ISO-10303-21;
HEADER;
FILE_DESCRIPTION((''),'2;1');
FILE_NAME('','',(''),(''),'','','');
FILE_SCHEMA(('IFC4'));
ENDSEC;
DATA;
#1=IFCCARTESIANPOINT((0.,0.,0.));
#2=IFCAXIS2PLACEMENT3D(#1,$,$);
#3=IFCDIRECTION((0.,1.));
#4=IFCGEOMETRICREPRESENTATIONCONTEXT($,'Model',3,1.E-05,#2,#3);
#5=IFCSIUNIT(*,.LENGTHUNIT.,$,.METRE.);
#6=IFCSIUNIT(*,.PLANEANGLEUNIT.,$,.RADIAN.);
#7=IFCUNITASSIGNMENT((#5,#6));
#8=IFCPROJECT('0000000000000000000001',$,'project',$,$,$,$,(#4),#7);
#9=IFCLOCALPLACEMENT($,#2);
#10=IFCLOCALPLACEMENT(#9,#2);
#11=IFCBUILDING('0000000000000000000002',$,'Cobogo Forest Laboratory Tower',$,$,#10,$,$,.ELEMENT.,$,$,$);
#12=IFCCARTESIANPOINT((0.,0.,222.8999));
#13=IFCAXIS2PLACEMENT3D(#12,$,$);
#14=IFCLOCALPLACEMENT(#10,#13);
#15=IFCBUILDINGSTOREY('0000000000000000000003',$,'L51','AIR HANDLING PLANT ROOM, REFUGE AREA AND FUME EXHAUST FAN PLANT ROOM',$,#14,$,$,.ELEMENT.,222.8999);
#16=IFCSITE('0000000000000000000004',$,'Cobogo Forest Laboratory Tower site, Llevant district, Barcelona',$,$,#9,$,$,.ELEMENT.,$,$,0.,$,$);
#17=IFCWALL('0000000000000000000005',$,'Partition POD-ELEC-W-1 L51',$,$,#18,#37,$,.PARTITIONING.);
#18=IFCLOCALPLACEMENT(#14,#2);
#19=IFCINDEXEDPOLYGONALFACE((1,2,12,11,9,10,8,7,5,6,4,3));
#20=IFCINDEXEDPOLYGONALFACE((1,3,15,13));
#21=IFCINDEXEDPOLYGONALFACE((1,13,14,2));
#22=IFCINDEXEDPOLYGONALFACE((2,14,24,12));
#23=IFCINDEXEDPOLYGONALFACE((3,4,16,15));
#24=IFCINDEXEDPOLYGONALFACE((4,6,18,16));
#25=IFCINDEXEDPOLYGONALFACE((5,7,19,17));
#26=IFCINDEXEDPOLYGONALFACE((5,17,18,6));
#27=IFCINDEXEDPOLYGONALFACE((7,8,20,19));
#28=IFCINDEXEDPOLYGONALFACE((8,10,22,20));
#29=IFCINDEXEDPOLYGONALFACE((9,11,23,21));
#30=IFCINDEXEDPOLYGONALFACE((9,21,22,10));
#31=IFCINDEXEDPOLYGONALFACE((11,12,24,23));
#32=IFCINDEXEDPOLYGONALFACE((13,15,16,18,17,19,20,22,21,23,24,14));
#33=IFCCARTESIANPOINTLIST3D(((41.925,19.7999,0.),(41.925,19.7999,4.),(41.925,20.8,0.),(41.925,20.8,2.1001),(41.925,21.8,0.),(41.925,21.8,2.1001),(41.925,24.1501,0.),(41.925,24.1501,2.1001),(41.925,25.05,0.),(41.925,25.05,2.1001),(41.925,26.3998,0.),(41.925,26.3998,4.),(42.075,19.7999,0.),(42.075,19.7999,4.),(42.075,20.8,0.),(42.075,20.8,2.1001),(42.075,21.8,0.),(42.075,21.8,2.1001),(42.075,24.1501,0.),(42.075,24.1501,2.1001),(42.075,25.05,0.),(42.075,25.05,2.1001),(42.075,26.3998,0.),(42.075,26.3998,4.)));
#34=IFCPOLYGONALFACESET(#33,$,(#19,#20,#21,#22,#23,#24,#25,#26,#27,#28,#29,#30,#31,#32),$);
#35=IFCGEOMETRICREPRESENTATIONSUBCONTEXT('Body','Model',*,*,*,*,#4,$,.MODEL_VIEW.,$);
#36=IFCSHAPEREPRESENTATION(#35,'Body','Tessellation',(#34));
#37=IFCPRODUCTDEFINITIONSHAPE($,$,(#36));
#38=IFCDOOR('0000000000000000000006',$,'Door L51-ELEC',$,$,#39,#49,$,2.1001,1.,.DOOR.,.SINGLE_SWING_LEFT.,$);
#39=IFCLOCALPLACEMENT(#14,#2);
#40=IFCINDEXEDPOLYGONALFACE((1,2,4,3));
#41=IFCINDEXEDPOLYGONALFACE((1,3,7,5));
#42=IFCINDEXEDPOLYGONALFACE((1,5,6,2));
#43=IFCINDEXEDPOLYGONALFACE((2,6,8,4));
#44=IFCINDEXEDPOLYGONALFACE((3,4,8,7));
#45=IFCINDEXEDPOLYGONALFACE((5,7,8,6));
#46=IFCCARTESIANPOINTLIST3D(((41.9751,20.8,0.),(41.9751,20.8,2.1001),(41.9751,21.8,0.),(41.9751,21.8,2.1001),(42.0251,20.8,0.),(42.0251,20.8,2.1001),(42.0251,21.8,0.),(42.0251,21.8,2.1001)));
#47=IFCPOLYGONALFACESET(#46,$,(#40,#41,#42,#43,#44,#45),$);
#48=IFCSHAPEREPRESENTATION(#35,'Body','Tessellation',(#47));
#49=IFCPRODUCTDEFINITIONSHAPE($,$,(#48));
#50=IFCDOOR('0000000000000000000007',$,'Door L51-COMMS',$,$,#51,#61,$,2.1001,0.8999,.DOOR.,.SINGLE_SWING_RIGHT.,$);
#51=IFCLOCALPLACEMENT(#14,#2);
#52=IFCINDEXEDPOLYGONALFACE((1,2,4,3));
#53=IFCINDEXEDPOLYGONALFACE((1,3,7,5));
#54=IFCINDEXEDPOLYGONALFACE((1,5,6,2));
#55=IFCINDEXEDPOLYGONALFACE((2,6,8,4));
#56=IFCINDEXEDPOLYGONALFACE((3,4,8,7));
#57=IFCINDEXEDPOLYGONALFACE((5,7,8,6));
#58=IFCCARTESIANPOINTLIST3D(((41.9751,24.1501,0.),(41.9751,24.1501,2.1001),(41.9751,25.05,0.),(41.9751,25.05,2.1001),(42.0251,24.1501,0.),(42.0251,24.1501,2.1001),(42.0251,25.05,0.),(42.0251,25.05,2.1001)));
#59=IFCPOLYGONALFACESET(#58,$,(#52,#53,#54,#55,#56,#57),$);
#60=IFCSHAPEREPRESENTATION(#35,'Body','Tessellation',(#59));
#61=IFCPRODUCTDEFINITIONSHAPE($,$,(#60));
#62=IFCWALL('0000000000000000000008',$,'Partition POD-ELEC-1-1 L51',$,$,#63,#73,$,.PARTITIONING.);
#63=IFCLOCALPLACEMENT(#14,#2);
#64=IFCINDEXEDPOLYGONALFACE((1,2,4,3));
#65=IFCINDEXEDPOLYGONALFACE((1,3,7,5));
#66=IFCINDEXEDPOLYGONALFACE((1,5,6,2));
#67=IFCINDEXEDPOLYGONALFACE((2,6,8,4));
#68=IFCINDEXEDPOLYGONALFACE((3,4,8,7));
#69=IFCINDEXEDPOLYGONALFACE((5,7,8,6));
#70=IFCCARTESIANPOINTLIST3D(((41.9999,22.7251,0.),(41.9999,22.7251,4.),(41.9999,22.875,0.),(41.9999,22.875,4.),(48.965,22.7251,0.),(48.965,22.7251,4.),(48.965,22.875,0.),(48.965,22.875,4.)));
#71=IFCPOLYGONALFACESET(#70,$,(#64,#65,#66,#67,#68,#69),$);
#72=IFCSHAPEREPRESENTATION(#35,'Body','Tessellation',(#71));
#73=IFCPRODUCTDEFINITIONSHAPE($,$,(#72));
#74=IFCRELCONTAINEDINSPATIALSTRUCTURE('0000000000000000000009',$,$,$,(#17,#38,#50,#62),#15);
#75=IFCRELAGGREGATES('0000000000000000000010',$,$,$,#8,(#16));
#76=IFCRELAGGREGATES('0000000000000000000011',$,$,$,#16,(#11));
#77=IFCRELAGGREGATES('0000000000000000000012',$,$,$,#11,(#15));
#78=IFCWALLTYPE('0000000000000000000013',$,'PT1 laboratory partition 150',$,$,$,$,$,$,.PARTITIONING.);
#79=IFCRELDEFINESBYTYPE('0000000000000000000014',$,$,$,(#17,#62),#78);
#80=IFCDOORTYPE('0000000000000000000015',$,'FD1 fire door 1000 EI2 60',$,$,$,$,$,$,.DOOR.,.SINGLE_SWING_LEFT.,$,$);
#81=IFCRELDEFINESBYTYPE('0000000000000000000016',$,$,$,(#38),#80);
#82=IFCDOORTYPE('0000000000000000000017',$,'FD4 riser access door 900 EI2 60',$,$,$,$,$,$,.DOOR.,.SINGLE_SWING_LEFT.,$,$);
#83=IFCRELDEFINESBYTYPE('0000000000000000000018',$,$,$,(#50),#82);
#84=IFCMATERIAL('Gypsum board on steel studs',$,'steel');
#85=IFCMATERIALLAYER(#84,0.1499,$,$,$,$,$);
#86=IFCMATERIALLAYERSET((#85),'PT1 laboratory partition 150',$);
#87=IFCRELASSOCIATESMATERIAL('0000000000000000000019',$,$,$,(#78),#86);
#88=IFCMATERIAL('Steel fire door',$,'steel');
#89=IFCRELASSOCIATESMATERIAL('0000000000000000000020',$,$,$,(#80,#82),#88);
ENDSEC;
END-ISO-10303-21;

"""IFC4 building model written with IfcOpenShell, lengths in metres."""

from ifc_helpers import new_model, si_unit, direction, frame, frame_2d, origin, place, context, subcontext, project, spatial, rectangle, extrude, material, layer, layer_set, type_object, element, fill, save


model = new_model("IFC4")

# Units and contexts
model_context = context("Model", 3, precision=1e-05, world=origin(), true_north=direction((0.0, 1.0)))
body_context = subcontext(model_context, "Body", "Model", "MODEL_VIEW")
ifc_project = project(units=[si_unit("LENGTHUNIT", "METRE"), si_unit("PLANEANGLEUNIT", "RADIAN")], contexts=[model_context])

# Site, building, storey
site_placement = place(None, origin())
site = spatial("IfcSite", under=ifc_project, at=site_placement, Name="Cobogo Forest Laboratory Tower site, Llevant district, Barcelona", CompositionType="ELEMENT", RefElevation=0.0)
building_placement = place(site_placement, origin())
building = spatial("IfcBuilding", under=site, at=building_placement, Name="Cobogo Forest Laboratory Tower", CompositionType="ELEMENT")
storey_placement = place(building_placement, frame((0.0, 0.0, 222.8999)))
storey = spatial("IfcBuildingStorey", under=building, at=storey_placement, Name="L51", Description="AIR HANDLING PLANT ROOM, REFUGE AREA AND FUME EXHAUST FAN PLANT ROOM", CompositionType="ELEMENT", Elevation=222.8999)

# Shared definitions
ifc_material_1 = material(Name="Gypsum board on steel studs", Category="steel")
ifc_layer_1 = layer(ifc_material_1, 0.1499)
ifc_layer_set_1 = layer_set([ifc_layer_1], Name="PT1 laboratory partition 150")
wall_type = type_object("IfcWallType", Name="PT1 laboratory partition 150", PredefinedType="PARTITIONING", material=ifc_layer_set_1)

# Wall, openings, doors
wall_1_placement = place(storey_placement, frame((42.0, 19.8, 0.0), z_axis=(0.0, 0.0, 1.0), x_axis=(0.0, 1.0, 0.0)))
wall_1 = element("IfcWall", 1, at=wall_1_placement, inside=storey, type_object=wall_type, Name="Partition POD-ELEC-W-1 L51", PredefinedType="PARTITIONING", context=body_context, shape_type="SweptSolid", body=[
    extrude(rectangle(XDim=6.5999, YDim=0.1499, at=frame_2d((3.2998, 0.0))), origin(), (0.0, 0.0, 1.0), 4.0),
])
opening_1_placement = place(wall_1_placement, frame((1.0, 0.0, 0.0)))
opening_1 = element("IfcOpeningElement", 2, at=opening_1_placement, cuts=wall_1, PredefinedType="OPENING", context=body_context, shape_type="SweptSolid", body=[
    extrude(rectangle(XDim=1.0, YDim=2.1001, at=frame_2d((0.5, 1.05))), frame((0.0, 0.085, 0.0), z_axis=(0.0, -1.0, 0.0), x_axis=(1.0, 0.0, 0.0)), (0.0, 0.0, 1.0), 0.1699),
])
opening_2_placement = place(wall_1_placement, frame((4.3501, 0.0, 0.0)))
opening_2 = element("IfcOpeningElement", 3, at=opening_2_placement, cuts=wall_1, PredefinedType="OPENING", context=body_context, shape_type="SweptSolid", body=[
    extrude(rectangle(XDim=0.8999, YDim=2.1001, at=frame_2d((0.45, 1.05))), frame((0.0, 0.085, 0.0), z_axis=(0.0, -1.0, 0.0), x_axis=(1.0, 0.0, 0.0)), (0.0, 0.0, 1.0), 0.1699),
])
ifc_material_2 = material(Name="Steel fire door", Category="steel")
door_type_1 = type_object("IfcDoorType", Name="FD1 fire door 1000 EI2 60", OperationType="SINGLE_SWING_LEFT", PredefinedType="DOOR", material=ifc_material_2)
door_1_placement = place(opening_1_placement, origin())
door_1 = element("IfcDoor", 4, at=door_1_placement, inside=storey, type_object=door_type_1, Name="Door L51-ELEC", OperationType="SINGLE_SWING_LEFT", OverallHeight=2.1001, OverallWidth=1.0, PredefinedType="DOOR", context=body_context, shape_type="SweptSolid", body=[
    extrude(rectangle(XDim=1.0, YDim=2.1001, at=frame_2d((0.5, 1.05))), frame((0.0, 0.0249, 0.0), z_axis=(0.0, -1.0, 0.0), x_axis=(1.0, 0.0, 0.0)), (0.0, 0.0, 1.0), 0.05),
])
fill(opening_1, door_1)
door_type_2 = type_object("IfcDoorType", Name="FD4 riser access door 900 EI2 60", OperationType="SINGLE_SWING_LEFT", PredefinedType="DOOR", material=ifc_material_2)
door_2_placement = place(opening_2_placement, origin())
door_2 = element("IfcDoor", 5, at=door_2_placement, inside=storey, type_object=door_type_2, Name="Door L51-COMMS", OperationType="SINGLE_SWING_RIGHT", OverallHeight=2.1001, OverallWidth=0.8999, PredefinedType="DOOR", context=body_context, shape_type="SweptSolid", body=[
    extrude(rectangle(XDim=0.8999, YDim=2.1001, at=frame_2d((0.45, 1.05))), frame((0.0, 0.0249, 0.0), z_axis=(0.0, -1.0, 0.0), x_axis=(1.0, 0.0, 0.0)), (0.0, 0.0, 1.0), 0.05),
])
fill(opening_2, door_2)

# Wall
wall_2_placement = place(storey_placement, frame((42.0, 22.8, 0.0), z_axis=(0.0, 0.0, 1.0), x_axis=(1.0, 0.0, 0.0)))
element("IfcWall", 6, at=wall_2_placement, inside=storey, type_object=wall_type, Name="Partition POD-ELEC-1-1 L51", PredefinedType="PARTITIONING", context=body_context, shape_type="SweptSolid", body=[
    extrude(rectangle(XDim=6.9651, YDim=0.1499, at=frame_2d((3.4824, 0.0))), origin(), (0.0, 0.0, 1.0), 4.0),
])

save(model, "model.ifc")
